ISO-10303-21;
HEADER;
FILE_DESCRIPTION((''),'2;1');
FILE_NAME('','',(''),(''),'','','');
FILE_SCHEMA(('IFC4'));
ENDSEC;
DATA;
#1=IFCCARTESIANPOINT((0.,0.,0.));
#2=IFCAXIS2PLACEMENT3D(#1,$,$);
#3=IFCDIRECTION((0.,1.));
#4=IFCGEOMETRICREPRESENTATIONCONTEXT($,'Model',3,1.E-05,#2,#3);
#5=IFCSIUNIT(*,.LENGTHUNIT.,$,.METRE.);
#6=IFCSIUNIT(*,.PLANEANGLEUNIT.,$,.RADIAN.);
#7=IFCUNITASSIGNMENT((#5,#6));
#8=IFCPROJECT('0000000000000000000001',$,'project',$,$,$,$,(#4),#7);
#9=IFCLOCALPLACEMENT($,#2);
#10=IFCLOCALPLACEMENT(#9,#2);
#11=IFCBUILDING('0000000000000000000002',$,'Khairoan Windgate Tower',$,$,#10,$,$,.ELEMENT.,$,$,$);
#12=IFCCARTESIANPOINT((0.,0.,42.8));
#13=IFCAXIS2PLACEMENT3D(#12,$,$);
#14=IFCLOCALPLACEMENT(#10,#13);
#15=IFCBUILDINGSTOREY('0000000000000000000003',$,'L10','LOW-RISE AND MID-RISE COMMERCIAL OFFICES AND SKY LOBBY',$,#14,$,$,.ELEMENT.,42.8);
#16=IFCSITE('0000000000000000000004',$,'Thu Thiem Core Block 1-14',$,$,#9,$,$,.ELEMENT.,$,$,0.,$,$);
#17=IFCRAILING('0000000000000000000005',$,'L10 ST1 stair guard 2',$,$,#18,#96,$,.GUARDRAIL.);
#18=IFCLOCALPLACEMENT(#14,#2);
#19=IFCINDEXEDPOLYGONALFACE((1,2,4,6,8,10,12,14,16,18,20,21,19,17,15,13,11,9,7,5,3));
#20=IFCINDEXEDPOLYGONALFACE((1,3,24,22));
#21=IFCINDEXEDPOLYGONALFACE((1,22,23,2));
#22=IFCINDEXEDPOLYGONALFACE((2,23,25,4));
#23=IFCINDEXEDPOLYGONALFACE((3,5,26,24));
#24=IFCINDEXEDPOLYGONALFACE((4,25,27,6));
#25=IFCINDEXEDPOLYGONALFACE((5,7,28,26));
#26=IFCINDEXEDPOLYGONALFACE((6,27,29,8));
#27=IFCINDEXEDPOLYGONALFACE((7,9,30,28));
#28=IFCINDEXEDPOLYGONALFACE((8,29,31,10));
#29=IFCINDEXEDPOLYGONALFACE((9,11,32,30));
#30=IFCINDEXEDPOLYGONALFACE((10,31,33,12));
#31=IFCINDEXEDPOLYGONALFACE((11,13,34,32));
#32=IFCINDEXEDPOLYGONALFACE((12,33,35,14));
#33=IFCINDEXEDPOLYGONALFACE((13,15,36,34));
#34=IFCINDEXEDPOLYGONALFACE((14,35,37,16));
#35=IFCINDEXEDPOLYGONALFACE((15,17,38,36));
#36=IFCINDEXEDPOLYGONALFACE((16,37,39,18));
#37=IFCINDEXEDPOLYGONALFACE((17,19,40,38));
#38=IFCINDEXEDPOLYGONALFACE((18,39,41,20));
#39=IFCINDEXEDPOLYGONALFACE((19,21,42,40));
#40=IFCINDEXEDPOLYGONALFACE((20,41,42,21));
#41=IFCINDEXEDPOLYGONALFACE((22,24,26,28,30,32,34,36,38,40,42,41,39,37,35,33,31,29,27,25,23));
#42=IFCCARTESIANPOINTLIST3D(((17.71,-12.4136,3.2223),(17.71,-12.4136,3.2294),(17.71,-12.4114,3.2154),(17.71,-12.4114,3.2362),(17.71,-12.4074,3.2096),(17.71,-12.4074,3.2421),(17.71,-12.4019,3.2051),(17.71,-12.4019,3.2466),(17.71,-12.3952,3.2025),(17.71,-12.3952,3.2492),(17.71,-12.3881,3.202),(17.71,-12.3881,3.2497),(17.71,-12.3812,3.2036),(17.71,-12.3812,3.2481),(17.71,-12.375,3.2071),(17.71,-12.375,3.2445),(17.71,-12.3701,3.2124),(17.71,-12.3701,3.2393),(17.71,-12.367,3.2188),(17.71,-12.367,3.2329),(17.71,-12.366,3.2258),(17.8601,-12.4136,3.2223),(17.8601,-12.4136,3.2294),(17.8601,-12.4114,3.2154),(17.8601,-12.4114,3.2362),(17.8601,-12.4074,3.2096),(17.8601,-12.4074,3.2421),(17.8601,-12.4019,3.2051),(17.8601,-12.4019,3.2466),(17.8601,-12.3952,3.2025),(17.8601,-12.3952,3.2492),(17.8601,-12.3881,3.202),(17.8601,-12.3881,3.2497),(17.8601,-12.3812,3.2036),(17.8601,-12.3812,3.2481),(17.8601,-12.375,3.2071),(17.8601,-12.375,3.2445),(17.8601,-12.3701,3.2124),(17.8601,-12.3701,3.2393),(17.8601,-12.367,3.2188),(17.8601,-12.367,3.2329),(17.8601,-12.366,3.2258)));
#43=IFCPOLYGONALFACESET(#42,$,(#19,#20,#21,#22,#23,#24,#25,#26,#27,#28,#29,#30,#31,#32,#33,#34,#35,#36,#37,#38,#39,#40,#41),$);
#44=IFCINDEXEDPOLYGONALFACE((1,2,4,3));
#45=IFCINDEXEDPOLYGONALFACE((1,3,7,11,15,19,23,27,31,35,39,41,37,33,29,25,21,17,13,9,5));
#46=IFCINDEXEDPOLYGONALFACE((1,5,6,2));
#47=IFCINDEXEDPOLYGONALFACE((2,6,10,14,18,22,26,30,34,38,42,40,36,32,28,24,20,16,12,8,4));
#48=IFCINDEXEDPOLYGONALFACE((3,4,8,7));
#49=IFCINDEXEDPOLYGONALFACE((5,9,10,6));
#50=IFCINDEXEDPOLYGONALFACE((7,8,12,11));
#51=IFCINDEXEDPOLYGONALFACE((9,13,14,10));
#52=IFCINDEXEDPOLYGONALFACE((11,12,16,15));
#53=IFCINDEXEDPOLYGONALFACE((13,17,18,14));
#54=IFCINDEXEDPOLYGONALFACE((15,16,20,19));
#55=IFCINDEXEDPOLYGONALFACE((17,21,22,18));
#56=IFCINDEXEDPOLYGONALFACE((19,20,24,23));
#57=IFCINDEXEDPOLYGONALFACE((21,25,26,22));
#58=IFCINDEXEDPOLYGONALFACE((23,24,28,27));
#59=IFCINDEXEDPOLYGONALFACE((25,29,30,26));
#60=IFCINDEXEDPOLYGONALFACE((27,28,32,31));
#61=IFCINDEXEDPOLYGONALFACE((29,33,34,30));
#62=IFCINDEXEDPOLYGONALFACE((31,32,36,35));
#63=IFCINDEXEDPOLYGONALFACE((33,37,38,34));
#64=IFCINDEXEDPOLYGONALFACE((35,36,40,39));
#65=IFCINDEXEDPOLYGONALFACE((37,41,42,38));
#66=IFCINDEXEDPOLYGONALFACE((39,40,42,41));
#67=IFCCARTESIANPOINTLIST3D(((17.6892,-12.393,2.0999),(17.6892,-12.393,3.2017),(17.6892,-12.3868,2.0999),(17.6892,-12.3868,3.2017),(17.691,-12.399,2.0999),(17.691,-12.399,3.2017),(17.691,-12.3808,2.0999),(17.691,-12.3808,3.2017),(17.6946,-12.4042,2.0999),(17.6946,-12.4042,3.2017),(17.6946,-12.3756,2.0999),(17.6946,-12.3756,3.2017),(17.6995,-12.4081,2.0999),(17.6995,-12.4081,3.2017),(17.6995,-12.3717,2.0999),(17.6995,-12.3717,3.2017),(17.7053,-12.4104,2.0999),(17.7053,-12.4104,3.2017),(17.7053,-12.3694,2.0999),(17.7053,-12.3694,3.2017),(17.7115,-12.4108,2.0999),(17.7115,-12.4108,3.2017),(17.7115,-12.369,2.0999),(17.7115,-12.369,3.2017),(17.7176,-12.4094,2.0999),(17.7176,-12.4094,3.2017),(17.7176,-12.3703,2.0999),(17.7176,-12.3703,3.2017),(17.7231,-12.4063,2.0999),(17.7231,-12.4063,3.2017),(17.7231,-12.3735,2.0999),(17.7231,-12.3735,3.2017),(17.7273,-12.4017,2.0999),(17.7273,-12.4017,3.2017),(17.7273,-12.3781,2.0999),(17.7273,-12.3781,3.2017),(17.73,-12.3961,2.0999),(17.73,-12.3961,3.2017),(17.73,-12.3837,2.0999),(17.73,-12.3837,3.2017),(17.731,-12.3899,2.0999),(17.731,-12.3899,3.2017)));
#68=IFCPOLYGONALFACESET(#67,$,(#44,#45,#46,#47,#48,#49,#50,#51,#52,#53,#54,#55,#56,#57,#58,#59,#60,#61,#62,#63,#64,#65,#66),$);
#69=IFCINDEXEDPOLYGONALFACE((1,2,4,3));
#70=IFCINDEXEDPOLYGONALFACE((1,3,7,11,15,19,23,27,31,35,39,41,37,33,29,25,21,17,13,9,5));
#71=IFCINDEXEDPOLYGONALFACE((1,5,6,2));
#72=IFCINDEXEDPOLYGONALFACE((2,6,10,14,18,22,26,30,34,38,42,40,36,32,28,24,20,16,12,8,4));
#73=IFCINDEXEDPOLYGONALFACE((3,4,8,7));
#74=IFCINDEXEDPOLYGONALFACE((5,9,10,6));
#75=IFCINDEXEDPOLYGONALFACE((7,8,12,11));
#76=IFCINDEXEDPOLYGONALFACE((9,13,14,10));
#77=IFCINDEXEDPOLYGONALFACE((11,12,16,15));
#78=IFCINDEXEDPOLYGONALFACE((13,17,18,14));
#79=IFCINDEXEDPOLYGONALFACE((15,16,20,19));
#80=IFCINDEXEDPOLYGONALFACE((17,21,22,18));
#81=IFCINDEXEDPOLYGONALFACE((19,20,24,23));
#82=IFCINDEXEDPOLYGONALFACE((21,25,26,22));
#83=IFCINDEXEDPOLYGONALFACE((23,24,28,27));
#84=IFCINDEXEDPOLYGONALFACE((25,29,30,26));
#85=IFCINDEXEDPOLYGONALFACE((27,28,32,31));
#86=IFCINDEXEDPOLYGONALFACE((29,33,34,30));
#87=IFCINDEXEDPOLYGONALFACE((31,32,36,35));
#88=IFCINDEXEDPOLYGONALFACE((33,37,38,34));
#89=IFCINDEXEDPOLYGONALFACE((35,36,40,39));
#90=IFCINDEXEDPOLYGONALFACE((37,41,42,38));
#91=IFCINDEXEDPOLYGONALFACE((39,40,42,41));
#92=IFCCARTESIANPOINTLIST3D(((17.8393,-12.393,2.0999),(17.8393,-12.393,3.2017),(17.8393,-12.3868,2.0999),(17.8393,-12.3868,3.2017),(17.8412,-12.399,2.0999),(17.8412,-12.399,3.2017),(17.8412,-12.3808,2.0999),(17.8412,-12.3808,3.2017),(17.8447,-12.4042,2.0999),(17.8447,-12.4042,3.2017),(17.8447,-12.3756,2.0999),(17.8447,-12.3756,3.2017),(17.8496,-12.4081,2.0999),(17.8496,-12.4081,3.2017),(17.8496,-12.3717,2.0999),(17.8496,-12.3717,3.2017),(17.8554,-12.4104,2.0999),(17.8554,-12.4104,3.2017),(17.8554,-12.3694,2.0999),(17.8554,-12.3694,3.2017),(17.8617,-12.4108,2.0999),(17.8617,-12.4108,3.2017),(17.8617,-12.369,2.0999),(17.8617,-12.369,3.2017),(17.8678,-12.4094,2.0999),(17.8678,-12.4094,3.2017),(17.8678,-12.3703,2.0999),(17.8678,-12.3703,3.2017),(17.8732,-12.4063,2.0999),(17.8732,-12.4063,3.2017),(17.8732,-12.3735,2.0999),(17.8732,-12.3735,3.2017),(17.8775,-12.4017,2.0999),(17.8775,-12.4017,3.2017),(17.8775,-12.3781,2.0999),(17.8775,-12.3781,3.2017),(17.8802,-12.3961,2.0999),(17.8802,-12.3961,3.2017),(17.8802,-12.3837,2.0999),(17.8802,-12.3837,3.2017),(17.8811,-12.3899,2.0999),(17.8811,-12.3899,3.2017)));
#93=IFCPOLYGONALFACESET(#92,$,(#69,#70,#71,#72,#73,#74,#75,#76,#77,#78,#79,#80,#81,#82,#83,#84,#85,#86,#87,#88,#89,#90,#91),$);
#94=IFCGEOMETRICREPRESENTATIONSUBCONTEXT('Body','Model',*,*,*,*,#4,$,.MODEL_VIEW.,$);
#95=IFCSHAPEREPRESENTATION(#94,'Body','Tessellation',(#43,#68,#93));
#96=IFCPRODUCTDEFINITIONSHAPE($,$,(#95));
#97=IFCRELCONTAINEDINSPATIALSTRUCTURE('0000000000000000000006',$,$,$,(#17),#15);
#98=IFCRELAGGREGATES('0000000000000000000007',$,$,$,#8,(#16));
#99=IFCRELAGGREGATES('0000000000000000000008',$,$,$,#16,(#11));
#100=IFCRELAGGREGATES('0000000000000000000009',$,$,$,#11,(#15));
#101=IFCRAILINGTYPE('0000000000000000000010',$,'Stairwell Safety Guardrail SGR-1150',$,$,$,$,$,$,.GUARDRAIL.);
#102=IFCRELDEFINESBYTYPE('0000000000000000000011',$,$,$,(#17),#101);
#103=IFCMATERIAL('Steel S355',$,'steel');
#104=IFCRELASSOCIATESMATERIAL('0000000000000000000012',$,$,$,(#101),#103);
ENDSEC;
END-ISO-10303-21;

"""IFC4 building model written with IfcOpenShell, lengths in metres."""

from ifc_helpers import new_model, si_unit, direction, frame, origin, origin_2d, place, context, subcontext, project, spatial, circle, extrude, material, type_object, element, save


model = new_model("IFC4")

# Units and contexts
model_context = context("Model", 3, precision=1e-05, world=origin(), true_north=direction((0.0, 1.0)))
body_context = subcontext(model_context, "Body", "Model", "MODEL_VIEW")
ifc_project = project(units=[si_unit("LENGTHUNIT", "METRE"), si_unit("PLANEANGLEUNIT", "RADIAN")], contexts=[model_context])

# Site, building, storey
site_placement = place(None, origin())
site = spatial("IfcSite", under=ifc_project, at=site_placement, Name="Thu Thiem Core Block 1-14", CompositionType="ELEMENT", RefElevation=0.0)
building_placement = place(site_placement, origin())
building = spatial("IfcBuilding", under=site, at=building_placement, Name="Khairoan Windgate Tower", CompositionType="ELEMENT")
storey_placement = place(building_placement, frame((0.0, 0.0, 42.8)))
storey = spatial("IfcBuildingStorey", under=building, at=storey_placement, Name="L10", Description="LOW-RISE AND MID-RISE COMMERCIAL OFFICES AND SKY LOBBY", CompositionType="ELEMENT", Elevation=42.8)

# Railing
ifc_material_1 = material(Name="Steel S355", Category="steel")
railing_type_1 = type_object("IfcRailingType", Name="Stairwell Safety Guardrail SGR-1150", PredefinedType="GUARDRAIL", material=ifc_material_1)
railing_1_placement = place(storey_placement, frame((17.71, -12.3899, 2.0999)))
element("IfcRailing", 1, at=railing_1_placement, inside=storey, type_object=railing_type_1, Name="L10 ST1 stair guard 2", PredefinedType="GUARDRAIL", context=body_context, shape_type="SweptSolid", body=[
    extrude(circle(Radius=0.0239, at=origin_2d()), frame((0.0, 0.0, 1.126), z_axis=(1.0, 0.0, 0.0), x_axis=(0.0, 1.0, 0.0)), (0.0, 0.0, 1.0), 0.1501),
    extrude(circle(Radius=0.021, at=origin_2d()), origin(), (0.0, 0.0, 1.0), 1.1018),
    extrude(circle(Radius=0.021, at=origin_2d()), frame((0.1501, 0.0, 0.0)), (0.0, 0.0, 1.0), 1.1018),
])

save(model, "model.ifc")
